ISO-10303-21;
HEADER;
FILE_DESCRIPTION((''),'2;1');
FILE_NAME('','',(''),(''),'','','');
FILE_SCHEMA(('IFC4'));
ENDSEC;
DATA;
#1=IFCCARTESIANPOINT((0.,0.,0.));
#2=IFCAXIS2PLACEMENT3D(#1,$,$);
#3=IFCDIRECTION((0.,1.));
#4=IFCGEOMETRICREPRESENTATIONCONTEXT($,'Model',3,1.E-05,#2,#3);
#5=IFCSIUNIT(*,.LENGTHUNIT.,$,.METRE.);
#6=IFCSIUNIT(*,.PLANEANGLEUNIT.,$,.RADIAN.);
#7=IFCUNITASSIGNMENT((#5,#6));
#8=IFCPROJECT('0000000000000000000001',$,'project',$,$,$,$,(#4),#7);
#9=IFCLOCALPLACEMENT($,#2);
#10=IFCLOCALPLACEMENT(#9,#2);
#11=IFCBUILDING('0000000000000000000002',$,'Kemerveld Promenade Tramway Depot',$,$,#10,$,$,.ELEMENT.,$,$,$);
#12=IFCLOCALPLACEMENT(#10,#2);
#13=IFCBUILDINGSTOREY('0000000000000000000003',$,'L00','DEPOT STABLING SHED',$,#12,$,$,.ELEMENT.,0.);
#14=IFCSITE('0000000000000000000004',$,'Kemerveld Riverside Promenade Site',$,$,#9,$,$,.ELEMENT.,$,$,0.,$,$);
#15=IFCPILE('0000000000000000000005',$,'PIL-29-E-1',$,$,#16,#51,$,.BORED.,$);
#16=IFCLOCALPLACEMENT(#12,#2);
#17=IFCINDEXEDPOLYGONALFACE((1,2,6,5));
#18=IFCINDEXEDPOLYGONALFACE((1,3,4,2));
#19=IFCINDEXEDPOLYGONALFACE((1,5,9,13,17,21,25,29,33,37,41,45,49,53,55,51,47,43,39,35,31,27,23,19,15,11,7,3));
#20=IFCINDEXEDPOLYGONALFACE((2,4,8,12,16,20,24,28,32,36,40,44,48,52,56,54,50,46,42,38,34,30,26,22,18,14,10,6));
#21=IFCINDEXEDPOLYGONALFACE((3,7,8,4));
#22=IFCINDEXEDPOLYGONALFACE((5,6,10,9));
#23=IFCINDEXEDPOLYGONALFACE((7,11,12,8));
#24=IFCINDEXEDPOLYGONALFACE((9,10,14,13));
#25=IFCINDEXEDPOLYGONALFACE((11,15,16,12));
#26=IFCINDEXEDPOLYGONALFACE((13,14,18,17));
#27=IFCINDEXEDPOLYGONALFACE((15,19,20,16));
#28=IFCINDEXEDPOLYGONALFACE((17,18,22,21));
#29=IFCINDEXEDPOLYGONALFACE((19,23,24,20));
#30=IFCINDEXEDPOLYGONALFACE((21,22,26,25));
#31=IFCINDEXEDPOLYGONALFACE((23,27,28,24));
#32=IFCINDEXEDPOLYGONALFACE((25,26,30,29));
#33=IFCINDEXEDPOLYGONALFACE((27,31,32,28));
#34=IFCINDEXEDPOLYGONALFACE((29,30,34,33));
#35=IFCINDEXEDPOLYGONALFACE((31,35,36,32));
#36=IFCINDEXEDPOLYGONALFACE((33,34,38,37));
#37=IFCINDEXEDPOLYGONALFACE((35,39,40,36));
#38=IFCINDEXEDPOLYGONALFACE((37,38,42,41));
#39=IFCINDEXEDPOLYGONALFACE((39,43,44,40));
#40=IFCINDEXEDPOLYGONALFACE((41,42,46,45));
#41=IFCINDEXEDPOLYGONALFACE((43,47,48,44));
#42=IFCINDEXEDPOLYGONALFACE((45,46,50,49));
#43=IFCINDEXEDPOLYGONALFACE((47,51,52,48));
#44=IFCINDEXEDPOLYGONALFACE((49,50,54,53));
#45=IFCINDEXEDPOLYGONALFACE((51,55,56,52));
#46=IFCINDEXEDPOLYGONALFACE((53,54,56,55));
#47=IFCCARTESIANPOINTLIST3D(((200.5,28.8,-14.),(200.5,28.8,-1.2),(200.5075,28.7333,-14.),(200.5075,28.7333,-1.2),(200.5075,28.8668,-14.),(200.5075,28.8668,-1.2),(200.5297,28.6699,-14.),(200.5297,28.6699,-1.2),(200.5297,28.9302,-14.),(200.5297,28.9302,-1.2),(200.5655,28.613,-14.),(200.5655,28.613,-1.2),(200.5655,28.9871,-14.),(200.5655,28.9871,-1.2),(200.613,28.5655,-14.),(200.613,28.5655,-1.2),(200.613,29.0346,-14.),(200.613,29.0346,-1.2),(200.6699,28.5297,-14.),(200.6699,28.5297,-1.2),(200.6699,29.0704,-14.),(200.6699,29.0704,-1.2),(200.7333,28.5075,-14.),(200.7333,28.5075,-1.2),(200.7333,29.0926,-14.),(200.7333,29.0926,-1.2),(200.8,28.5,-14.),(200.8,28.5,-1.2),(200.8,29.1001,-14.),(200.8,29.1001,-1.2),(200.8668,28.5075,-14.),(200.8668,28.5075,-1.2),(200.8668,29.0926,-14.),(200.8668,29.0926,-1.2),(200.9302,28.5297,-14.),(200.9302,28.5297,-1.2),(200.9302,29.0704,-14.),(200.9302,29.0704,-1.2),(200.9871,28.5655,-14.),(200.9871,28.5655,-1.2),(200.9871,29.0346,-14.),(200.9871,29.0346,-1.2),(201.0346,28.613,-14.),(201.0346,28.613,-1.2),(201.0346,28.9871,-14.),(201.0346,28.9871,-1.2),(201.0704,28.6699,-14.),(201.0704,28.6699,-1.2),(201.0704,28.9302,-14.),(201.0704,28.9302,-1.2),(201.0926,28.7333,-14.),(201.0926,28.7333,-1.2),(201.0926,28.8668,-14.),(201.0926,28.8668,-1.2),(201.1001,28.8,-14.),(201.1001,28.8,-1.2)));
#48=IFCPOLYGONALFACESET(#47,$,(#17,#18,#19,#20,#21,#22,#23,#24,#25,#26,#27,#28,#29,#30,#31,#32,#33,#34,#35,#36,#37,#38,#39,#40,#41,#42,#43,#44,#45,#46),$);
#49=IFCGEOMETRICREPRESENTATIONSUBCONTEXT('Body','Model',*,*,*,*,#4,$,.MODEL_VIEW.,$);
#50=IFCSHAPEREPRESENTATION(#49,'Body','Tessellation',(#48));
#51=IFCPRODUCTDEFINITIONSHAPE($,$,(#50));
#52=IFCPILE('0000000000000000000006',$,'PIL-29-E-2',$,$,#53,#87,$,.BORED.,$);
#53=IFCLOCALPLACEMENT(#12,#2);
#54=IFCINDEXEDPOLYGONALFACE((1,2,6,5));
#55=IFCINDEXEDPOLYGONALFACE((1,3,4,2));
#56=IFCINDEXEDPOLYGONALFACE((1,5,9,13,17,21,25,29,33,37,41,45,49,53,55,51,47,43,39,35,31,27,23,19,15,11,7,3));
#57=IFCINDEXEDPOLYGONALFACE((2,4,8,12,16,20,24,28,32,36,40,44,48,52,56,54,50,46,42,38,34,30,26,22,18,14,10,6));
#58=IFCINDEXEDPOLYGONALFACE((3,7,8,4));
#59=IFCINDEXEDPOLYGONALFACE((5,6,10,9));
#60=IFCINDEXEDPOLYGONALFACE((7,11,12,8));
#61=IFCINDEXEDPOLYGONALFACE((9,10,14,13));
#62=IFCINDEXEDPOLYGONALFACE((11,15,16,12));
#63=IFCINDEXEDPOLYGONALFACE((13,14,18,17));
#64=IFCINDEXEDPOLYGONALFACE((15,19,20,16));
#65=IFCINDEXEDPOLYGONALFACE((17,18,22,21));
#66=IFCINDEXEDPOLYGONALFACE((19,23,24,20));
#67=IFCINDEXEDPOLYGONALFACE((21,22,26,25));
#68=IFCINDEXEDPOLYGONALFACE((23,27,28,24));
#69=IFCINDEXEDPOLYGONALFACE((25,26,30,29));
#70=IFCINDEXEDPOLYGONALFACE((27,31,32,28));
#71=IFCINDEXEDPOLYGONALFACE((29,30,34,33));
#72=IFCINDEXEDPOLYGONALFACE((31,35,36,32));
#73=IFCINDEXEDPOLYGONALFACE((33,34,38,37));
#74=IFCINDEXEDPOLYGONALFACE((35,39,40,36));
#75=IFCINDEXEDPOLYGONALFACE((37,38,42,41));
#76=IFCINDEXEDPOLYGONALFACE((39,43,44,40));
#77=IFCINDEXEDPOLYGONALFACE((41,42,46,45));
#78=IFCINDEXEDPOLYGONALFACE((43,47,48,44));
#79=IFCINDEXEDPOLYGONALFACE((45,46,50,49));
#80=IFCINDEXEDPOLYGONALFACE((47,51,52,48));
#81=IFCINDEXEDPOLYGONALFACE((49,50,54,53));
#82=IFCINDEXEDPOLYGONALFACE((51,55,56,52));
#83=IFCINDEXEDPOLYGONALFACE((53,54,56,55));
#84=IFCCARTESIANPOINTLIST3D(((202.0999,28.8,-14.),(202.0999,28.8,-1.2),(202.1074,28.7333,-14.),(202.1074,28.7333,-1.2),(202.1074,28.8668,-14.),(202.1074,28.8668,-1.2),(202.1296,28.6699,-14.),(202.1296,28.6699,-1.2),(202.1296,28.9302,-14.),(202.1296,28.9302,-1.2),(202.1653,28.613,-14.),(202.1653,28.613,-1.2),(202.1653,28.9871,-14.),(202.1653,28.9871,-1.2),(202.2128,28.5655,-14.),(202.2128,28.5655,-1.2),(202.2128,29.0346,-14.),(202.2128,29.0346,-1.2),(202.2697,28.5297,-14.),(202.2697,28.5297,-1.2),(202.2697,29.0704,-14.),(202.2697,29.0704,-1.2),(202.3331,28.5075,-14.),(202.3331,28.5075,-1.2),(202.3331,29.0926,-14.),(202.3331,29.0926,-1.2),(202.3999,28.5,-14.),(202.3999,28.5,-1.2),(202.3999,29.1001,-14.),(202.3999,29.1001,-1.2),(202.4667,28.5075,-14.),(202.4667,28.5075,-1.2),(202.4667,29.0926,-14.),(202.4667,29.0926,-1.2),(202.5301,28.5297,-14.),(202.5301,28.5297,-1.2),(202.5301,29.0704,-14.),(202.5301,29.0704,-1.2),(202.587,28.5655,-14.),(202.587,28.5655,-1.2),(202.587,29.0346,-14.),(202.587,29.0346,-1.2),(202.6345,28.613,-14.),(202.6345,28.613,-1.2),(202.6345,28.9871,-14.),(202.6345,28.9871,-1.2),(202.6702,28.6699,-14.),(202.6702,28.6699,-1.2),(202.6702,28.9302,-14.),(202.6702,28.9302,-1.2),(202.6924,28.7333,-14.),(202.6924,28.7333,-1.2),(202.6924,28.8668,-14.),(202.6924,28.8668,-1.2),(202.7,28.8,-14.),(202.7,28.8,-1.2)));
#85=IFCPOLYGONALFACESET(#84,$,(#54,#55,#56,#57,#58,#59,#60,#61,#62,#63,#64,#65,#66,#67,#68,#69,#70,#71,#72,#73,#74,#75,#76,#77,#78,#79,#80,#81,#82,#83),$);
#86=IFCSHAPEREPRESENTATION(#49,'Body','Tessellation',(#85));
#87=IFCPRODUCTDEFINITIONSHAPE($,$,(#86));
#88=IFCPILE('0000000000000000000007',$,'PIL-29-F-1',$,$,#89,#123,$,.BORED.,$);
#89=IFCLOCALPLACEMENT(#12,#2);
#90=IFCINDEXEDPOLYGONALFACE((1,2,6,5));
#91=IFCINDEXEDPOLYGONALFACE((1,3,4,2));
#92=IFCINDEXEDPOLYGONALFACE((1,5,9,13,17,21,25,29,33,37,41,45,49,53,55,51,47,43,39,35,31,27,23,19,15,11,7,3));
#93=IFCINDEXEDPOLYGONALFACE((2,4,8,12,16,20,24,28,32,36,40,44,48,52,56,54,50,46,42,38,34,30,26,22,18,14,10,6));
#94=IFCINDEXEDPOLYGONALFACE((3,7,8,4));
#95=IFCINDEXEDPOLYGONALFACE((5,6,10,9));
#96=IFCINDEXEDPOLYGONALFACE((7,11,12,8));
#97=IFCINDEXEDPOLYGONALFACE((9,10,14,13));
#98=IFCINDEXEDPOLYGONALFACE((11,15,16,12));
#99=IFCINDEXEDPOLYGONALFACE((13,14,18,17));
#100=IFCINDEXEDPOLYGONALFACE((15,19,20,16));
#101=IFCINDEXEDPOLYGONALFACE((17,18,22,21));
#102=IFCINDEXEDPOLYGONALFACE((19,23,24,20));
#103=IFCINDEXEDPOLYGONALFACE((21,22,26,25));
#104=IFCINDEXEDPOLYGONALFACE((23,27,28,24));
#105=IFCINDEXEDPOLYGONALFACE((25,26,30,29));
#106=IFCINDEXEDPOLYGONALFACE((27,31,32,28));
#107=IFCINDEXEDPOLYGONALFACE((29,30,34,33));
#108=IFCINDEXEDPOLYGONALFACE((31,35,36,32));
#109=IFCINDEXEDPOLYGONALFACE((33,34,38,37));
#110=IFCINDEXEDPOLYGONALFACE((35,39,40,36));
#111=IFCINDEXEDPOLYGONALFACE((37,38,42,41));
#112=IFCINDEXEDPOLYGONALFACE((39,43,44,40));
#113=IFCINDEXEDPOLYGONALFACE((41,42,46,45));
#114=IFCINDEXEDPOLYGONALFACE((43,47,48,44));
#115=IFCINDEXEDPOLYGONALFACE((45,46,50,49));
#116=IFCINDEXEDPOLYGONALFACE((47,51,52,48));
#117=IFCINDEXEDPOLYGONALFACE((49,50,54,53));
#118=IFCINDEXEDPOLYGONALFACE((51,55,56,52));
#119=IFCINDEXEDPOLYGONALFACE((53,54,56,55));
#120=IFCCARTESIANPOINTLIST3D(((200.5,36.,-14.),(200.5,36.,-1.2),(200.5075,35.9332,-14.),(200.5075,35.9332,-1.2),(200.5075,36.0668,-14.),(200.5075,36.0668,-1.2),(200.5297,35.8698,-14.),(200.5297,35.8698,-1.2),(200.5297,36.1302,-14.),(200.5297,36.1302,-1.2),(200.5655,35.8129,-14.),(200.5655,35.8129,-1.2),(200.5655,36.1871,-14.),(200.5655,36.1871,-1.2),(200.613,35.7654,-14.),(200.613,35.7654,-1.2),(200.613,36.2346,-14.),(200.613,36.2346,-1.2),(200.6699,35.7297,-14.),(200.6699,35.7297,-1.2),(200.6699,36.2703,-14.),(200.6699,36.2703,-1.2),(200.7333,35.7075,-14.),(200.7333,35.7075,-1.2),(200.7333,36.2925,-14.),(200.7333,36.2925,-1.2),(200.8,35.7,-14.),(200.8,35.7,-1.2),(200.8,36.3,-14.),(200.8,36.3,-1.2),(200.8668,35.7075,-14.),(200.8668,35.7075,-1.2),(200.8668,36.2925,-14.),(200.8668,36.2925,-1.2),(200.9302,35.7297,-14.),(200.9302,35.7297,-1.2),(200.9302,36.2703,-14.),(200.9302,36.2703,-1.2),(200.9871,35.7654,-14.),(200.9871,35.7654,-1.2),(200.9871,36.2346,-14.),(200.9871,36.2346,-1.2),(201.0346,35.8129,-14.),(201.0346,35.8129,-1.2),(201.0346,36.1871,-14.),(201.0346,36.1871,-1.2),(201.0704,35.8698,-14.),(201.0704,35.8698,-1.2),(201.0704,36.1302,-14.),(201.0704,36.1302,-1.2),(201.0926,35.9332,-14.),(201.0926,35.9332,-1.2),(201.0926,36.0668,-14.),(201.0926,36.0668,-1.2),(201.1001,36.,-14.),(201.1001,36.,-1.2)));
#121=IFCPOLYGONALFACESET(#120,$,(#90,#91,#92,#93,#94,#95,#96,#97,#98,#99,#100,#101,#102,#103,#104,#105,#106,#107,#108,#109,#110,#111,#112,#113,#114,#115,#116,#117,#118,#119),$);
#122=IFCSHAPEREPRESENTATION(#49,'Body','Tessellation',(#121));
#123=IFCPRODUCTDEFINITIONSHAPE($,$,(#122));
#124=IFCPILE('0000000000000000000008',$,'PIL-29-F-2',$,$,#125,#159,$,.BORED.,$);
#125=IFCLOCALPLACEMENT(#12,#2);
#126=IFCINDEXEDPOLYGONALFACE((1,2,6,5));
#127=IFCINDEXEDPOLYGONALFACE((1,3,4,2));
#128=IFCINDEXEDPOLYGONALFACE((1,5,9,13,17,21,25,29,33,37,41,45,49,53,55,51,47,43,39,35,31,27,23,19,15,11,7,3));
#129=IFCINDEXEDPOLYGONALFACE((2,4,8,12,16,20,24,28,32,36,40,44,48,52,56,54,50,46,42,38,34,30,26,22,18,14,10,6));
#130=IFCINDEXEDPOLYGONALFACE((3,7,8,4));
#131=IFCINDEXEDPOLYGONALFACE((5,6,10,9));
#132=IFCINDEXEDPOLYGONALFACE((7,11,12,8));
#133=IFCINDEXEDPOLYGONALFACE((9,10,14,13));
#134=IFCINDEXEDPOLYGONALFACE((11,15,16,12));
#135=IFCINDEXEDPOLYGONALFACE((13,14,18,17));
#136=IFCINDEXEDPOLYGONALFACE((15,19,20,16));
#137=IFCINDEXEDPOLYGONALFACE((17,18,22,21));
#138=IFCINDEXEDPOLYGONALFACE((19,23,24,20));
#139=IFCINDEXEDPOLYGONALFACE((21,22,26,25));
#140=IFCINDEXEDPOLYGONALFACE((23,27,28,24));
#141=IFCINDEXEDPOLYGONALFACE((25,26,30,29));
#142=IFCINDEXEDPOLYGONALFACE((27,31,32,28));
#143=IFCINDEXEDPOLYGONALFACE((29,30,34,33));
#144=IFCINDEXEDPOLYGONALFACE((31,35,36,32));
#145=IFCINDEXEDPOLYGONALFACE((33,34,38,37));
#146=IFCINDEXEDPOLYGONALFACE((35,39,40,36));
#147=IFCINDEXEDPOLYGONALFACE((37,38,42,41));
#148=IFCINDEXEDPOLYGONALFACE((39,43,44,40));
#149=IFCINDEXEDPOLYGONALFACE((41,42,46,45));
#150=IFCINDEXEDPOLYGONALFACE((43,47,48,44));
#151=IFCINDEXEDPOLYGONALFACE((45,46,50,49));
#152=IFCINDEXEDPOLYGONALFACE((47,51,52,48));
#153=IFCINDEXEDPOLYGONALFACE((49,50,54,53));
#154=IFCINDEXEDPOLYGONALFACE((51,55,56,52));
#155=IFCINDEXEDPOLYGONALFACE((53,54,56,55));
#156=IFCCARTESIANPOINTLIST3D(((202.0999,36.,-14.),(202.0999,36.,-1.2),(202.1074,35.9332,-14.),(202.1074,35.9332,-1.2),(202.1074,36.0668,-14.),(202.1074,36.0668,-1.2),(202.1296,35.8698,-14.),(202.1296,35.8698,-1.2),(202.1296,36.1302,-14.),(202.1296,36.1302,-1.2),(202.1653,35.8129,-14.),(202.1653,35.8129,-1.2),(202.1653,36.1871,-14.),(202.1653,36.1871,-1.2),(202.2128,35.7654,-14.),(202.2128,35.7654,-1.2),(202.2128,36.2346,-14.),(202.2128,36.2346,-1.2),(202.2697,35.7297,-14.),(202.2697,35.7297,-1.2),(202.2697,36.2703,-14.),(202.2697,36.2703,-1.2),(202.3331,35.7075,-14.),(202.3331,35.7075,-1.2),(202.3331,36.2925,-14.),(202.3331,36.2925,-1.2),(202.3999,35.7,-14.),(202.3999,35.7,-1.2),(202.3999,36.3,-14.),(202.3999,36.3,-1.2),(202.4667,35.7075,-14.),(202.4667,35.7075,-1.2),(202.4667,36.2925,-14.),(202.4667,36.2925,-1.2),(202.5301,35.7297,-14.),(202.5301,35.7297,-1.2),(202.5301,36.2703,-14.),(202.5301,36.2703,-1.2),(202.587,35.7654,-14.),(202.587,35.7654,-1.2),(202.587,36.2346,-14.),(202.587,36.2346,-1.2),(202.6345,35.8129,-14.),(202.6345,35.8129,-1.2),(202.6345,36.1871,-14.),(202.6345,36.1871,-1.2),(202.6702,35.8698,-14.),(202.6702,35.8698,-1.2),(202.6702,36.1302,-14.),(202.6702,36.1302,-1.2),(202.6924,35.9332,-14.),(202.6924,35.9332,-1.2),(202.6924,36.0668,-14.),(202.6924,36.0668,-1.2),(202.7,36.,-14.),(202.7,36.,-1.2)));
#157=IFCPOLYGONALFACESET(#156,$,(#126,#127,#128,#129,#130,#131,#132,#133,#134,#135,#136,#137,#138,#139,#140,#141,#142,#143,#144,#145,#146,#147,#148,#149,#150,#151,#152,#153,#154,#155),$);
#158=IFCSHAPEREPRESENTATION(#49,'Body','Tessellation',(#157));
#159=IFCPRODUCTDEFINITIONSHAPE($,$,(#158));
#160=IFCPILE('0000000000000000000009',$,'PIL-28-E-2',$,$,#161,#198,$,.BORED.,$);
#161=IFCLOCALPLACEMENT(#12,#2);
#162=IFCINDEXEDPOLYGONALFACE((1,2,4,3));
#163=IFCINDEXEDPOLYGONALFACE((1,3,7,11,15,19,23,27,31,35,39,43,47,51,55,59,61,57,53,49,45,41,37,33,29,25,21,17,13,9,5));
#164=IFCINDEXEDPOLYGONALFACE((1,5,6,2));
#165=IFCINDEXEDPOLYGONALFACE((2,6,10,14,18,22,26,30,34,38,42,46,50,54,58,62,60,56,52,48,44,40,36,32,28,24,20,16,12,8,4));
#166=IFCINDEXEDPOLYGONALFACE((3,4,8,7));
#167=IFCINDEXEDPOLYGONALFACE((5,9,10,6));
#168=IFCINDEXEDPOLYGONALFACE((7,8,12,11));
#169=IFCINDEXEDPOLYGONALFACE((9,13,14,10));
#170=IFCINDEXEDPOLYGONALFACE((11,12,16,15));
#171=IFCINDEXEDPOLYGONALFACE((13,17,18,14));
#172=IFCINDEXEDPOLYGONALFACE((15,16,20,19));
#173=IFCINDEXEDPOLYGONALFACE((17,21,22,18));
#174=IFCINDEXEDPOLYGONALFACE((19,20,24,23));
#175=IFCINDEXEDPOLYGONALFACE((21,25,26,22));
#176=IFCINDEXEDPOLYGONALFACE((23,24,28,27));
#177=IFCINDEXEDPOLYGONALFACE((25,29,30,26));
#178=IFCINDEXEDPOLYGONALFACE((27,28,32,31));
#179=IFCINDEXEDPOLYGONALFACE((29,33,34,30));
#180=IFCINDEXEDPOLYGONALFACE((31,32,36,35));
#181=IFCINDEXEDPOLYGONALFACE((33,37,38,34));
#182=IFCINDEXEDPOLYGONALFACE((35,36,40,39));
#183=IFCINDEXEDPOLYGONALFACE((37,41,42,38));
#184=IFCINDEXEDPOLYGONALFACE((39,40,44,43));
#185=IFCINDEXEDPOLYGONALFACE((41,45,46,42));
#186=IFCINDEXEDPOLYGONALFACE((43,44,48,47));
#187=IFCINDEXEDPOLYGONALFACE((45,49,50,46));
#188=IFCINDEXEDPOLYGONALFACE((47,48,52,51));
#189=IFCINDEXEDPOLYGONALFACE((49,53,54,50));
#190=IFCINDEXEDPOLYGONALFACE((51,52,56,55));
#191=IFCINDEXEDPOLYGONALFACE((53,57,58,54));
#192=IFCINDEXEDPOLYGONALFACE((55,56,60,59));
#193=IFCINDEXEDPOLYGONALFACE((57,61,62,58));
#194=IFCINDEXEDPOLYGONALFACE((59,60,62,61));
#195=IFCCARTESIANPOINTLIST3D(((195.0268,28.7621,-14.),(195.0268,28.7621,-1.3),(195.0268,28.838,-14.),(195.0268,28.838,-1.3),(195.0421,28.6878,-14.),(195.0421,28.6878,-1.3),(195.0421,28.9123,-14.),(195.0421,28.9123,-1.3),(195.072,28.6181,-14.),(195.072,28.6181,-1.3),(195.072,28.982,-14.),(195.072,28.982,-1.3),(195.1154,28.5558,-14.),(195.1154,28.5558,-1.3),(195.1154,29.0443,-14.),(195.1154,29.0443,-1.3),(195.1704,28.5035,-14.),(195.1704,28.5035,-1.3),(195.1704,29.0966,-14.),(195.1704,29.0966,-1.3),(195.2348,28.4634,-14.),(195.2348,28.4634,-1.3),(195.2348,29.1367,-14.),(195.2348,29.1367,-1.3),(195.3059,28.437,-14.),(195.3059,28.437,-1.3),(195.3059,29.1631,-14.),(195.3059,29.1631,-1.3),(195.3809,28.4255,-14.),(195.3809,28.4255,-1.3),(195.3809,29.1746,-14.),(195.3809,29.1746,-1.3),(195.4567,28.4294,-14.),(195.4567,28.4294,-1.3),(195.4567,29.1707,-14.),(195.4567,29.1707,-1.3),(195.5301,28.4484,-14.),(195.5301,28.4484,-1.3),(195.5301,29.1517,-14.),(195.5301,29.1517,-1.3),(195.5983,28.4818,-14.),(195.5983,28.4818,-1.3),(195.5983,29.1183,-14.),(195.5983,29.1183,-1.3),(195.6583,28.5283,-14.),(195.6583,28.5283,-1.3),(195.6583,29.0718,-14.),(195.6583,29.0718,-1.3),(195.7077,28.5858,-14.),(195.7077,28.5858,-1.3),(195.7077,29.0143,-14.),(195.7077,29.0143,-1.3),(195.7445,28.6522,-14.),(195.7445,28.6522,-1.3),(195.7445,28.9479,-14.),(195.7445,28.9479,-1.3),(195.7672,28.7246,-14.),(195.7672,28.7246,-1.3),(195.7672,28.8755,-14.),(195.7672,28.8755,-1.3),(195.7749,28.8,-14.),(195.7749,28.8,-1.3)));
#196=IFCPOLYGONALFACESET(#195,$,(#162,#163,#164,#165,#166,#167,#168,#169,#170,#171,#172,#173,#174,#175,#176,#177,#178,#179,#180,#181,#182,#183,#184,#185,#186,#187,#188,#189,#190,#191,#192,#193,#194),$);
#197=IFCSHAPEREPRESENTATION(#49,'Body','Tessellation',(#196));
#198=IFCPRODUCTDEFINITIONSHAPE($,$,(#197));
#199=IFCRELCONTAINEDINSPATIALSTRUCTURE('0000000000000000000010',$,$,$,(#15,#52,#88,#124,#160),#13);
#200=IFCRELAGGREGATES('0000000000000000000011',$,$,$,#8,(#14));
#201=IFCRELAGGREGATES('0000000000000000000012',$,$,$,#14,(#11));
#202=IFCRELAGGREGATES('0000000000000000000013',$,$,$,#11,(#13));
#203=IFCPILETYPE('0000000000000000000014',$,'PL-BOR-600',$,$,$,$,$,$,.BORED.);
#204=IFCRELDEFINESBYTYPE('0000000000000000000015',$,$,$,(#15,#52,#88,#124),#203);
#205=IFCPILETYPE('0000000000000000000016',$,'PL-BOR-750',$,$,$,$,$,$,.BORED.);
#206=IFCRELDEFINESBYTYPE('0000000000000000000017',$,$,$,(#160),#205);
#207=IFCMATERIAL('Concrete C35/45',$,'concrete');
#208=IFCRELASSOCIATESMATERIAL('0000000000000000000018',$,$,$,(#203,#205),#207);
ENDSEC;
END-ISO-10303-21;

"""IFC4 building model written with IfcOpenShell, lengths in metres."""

from ifc_helpers import new_model, si_unit, direction, frame, origin, origin_2d, place, context, subcontext, project, spatial, circle, extrude, material, material_profile, profile_set, type_object, element, save


model = new_model("IFC4")

# Units and contexts
model_context = context("Model", 3, precision=1e-05, world=origin(), true_north=direction((0.0, 1.0)))
body_context = subcontext(model_context, "Body", "Model", "MODEL_VIEW")
ifc_project = project(units=[si_unit("LENGTHUNIT", "METRE"), si_unit("PLANEANGLEUNIT", "RADIAN")], contexts=[model_context])

# Site, building, storey
site_placement = place(None, origin())
site = spatial("IfcSite", under=ifc_project, at=site_placement, Name="Kemerveld Riverside Promenade Site", CompositionType="ELEMENT", RefElevation=0.0)
building_placement = place(site_placement, origin())
building = spatial("IfcBuilding", under=site, at=building_placement, Name="Kemerveld Promenade Tramway Depot", CompositionType="ELEMENT")
storey_placement = place(building_placement, origin())
storey = spatial("IfcBuildingStorey", under=building, at=storey_placement, Name="L00", Description="DEPOT STABLING SHED", CompositionType="ELEMENT", Elevation=0.0)

# Shared definitions
ifc_material_1 = material(Name="Concrete C35/45", Category="concrete")

# Piles
ifc_material_profile_1 = material_profile(ifc_material_1, circle(Radius=0.3, at=origin_2d()), Name="PILE-D600")
ifc_profile_set_1 = profile_set([ifc_material_profile_1], Name="Concrete C35/45")
pile_type_1 = type_object("IfcPileType", Name="PL-BOR-600", PredefinedType="BORED", material=ifc_profile_set_1)
for number, where, z_axis, x_axis, name in (
    (1, (200.8, 28.8, -1.2), (0.0, 0.0, -1.0), (1.0, 0.0, 0.0), "PIL-29-E-1"),
    (2, (202.3999, 28.8, -1.2), (0.0, 0.0, -1.0), (1.0, 0.0, 0.0), "PIL-29-E-2"),
    (3, (200.8, 36.0, -1.2), (0.0, 0.0, -1.0), (1.0, 0.0, 0.0), "PIL-29-F-1"),
    (4, (202.3999, 36.0, -1.2), (0.0, 0.0, -1.0), (1.0, 0.0, 0.0), "PIL-29-F-2"),
):
    element("IfcPile", number, at=place(storey_placement, frame(where, z_axis=z_axis, x_axis=x_axis)), inside=storey, type_object=pile_type_1, Name=name, PredefinedType="BORED", context=body_context, shape_type="SweptSolid", body=[
        extrude(circle(Radius=0.3, at=origin_2d()), origin(), (0.0, 0.0, 1.0), 12.8),
    ])
ifc_material_profile_2 = material_profile(ifc_material_1, circle(Radius=0.375, at=origin_2d()), Name="PILE-D750")
ifc_profile_set_2 = profile_set([ifc_material_profile_2], Name="Concrete C35/45")
pile_type_2 = type_object("IfcPileType", Name="PL-BOR-750", PredefinedType="BORED", material=ifc_profile_set_2)
for number, where, z_axis, x_axis, name in (
    (5, (195.3999, 28.8, -1.3), (0.0, 0.0, -1.0), (1.0, 0.0, 0.0), "PIL-28-E-2"),
):
    element("IfcPile", number, at=place(storey_placement, frame(where, z_axis=z_axis, x_axis=x_axis)), inside=storey, type_object=pile_type_2, Name=name, PredefinedType="BORED", context=body_context, shape_type="SweptSolid", body=[
        extrude(circle(Radius=0.375, at=origin_2d()), origin(), (0.0, 0.0, 1.0), 12.7),
    ])

save(model, "model.ifc")
